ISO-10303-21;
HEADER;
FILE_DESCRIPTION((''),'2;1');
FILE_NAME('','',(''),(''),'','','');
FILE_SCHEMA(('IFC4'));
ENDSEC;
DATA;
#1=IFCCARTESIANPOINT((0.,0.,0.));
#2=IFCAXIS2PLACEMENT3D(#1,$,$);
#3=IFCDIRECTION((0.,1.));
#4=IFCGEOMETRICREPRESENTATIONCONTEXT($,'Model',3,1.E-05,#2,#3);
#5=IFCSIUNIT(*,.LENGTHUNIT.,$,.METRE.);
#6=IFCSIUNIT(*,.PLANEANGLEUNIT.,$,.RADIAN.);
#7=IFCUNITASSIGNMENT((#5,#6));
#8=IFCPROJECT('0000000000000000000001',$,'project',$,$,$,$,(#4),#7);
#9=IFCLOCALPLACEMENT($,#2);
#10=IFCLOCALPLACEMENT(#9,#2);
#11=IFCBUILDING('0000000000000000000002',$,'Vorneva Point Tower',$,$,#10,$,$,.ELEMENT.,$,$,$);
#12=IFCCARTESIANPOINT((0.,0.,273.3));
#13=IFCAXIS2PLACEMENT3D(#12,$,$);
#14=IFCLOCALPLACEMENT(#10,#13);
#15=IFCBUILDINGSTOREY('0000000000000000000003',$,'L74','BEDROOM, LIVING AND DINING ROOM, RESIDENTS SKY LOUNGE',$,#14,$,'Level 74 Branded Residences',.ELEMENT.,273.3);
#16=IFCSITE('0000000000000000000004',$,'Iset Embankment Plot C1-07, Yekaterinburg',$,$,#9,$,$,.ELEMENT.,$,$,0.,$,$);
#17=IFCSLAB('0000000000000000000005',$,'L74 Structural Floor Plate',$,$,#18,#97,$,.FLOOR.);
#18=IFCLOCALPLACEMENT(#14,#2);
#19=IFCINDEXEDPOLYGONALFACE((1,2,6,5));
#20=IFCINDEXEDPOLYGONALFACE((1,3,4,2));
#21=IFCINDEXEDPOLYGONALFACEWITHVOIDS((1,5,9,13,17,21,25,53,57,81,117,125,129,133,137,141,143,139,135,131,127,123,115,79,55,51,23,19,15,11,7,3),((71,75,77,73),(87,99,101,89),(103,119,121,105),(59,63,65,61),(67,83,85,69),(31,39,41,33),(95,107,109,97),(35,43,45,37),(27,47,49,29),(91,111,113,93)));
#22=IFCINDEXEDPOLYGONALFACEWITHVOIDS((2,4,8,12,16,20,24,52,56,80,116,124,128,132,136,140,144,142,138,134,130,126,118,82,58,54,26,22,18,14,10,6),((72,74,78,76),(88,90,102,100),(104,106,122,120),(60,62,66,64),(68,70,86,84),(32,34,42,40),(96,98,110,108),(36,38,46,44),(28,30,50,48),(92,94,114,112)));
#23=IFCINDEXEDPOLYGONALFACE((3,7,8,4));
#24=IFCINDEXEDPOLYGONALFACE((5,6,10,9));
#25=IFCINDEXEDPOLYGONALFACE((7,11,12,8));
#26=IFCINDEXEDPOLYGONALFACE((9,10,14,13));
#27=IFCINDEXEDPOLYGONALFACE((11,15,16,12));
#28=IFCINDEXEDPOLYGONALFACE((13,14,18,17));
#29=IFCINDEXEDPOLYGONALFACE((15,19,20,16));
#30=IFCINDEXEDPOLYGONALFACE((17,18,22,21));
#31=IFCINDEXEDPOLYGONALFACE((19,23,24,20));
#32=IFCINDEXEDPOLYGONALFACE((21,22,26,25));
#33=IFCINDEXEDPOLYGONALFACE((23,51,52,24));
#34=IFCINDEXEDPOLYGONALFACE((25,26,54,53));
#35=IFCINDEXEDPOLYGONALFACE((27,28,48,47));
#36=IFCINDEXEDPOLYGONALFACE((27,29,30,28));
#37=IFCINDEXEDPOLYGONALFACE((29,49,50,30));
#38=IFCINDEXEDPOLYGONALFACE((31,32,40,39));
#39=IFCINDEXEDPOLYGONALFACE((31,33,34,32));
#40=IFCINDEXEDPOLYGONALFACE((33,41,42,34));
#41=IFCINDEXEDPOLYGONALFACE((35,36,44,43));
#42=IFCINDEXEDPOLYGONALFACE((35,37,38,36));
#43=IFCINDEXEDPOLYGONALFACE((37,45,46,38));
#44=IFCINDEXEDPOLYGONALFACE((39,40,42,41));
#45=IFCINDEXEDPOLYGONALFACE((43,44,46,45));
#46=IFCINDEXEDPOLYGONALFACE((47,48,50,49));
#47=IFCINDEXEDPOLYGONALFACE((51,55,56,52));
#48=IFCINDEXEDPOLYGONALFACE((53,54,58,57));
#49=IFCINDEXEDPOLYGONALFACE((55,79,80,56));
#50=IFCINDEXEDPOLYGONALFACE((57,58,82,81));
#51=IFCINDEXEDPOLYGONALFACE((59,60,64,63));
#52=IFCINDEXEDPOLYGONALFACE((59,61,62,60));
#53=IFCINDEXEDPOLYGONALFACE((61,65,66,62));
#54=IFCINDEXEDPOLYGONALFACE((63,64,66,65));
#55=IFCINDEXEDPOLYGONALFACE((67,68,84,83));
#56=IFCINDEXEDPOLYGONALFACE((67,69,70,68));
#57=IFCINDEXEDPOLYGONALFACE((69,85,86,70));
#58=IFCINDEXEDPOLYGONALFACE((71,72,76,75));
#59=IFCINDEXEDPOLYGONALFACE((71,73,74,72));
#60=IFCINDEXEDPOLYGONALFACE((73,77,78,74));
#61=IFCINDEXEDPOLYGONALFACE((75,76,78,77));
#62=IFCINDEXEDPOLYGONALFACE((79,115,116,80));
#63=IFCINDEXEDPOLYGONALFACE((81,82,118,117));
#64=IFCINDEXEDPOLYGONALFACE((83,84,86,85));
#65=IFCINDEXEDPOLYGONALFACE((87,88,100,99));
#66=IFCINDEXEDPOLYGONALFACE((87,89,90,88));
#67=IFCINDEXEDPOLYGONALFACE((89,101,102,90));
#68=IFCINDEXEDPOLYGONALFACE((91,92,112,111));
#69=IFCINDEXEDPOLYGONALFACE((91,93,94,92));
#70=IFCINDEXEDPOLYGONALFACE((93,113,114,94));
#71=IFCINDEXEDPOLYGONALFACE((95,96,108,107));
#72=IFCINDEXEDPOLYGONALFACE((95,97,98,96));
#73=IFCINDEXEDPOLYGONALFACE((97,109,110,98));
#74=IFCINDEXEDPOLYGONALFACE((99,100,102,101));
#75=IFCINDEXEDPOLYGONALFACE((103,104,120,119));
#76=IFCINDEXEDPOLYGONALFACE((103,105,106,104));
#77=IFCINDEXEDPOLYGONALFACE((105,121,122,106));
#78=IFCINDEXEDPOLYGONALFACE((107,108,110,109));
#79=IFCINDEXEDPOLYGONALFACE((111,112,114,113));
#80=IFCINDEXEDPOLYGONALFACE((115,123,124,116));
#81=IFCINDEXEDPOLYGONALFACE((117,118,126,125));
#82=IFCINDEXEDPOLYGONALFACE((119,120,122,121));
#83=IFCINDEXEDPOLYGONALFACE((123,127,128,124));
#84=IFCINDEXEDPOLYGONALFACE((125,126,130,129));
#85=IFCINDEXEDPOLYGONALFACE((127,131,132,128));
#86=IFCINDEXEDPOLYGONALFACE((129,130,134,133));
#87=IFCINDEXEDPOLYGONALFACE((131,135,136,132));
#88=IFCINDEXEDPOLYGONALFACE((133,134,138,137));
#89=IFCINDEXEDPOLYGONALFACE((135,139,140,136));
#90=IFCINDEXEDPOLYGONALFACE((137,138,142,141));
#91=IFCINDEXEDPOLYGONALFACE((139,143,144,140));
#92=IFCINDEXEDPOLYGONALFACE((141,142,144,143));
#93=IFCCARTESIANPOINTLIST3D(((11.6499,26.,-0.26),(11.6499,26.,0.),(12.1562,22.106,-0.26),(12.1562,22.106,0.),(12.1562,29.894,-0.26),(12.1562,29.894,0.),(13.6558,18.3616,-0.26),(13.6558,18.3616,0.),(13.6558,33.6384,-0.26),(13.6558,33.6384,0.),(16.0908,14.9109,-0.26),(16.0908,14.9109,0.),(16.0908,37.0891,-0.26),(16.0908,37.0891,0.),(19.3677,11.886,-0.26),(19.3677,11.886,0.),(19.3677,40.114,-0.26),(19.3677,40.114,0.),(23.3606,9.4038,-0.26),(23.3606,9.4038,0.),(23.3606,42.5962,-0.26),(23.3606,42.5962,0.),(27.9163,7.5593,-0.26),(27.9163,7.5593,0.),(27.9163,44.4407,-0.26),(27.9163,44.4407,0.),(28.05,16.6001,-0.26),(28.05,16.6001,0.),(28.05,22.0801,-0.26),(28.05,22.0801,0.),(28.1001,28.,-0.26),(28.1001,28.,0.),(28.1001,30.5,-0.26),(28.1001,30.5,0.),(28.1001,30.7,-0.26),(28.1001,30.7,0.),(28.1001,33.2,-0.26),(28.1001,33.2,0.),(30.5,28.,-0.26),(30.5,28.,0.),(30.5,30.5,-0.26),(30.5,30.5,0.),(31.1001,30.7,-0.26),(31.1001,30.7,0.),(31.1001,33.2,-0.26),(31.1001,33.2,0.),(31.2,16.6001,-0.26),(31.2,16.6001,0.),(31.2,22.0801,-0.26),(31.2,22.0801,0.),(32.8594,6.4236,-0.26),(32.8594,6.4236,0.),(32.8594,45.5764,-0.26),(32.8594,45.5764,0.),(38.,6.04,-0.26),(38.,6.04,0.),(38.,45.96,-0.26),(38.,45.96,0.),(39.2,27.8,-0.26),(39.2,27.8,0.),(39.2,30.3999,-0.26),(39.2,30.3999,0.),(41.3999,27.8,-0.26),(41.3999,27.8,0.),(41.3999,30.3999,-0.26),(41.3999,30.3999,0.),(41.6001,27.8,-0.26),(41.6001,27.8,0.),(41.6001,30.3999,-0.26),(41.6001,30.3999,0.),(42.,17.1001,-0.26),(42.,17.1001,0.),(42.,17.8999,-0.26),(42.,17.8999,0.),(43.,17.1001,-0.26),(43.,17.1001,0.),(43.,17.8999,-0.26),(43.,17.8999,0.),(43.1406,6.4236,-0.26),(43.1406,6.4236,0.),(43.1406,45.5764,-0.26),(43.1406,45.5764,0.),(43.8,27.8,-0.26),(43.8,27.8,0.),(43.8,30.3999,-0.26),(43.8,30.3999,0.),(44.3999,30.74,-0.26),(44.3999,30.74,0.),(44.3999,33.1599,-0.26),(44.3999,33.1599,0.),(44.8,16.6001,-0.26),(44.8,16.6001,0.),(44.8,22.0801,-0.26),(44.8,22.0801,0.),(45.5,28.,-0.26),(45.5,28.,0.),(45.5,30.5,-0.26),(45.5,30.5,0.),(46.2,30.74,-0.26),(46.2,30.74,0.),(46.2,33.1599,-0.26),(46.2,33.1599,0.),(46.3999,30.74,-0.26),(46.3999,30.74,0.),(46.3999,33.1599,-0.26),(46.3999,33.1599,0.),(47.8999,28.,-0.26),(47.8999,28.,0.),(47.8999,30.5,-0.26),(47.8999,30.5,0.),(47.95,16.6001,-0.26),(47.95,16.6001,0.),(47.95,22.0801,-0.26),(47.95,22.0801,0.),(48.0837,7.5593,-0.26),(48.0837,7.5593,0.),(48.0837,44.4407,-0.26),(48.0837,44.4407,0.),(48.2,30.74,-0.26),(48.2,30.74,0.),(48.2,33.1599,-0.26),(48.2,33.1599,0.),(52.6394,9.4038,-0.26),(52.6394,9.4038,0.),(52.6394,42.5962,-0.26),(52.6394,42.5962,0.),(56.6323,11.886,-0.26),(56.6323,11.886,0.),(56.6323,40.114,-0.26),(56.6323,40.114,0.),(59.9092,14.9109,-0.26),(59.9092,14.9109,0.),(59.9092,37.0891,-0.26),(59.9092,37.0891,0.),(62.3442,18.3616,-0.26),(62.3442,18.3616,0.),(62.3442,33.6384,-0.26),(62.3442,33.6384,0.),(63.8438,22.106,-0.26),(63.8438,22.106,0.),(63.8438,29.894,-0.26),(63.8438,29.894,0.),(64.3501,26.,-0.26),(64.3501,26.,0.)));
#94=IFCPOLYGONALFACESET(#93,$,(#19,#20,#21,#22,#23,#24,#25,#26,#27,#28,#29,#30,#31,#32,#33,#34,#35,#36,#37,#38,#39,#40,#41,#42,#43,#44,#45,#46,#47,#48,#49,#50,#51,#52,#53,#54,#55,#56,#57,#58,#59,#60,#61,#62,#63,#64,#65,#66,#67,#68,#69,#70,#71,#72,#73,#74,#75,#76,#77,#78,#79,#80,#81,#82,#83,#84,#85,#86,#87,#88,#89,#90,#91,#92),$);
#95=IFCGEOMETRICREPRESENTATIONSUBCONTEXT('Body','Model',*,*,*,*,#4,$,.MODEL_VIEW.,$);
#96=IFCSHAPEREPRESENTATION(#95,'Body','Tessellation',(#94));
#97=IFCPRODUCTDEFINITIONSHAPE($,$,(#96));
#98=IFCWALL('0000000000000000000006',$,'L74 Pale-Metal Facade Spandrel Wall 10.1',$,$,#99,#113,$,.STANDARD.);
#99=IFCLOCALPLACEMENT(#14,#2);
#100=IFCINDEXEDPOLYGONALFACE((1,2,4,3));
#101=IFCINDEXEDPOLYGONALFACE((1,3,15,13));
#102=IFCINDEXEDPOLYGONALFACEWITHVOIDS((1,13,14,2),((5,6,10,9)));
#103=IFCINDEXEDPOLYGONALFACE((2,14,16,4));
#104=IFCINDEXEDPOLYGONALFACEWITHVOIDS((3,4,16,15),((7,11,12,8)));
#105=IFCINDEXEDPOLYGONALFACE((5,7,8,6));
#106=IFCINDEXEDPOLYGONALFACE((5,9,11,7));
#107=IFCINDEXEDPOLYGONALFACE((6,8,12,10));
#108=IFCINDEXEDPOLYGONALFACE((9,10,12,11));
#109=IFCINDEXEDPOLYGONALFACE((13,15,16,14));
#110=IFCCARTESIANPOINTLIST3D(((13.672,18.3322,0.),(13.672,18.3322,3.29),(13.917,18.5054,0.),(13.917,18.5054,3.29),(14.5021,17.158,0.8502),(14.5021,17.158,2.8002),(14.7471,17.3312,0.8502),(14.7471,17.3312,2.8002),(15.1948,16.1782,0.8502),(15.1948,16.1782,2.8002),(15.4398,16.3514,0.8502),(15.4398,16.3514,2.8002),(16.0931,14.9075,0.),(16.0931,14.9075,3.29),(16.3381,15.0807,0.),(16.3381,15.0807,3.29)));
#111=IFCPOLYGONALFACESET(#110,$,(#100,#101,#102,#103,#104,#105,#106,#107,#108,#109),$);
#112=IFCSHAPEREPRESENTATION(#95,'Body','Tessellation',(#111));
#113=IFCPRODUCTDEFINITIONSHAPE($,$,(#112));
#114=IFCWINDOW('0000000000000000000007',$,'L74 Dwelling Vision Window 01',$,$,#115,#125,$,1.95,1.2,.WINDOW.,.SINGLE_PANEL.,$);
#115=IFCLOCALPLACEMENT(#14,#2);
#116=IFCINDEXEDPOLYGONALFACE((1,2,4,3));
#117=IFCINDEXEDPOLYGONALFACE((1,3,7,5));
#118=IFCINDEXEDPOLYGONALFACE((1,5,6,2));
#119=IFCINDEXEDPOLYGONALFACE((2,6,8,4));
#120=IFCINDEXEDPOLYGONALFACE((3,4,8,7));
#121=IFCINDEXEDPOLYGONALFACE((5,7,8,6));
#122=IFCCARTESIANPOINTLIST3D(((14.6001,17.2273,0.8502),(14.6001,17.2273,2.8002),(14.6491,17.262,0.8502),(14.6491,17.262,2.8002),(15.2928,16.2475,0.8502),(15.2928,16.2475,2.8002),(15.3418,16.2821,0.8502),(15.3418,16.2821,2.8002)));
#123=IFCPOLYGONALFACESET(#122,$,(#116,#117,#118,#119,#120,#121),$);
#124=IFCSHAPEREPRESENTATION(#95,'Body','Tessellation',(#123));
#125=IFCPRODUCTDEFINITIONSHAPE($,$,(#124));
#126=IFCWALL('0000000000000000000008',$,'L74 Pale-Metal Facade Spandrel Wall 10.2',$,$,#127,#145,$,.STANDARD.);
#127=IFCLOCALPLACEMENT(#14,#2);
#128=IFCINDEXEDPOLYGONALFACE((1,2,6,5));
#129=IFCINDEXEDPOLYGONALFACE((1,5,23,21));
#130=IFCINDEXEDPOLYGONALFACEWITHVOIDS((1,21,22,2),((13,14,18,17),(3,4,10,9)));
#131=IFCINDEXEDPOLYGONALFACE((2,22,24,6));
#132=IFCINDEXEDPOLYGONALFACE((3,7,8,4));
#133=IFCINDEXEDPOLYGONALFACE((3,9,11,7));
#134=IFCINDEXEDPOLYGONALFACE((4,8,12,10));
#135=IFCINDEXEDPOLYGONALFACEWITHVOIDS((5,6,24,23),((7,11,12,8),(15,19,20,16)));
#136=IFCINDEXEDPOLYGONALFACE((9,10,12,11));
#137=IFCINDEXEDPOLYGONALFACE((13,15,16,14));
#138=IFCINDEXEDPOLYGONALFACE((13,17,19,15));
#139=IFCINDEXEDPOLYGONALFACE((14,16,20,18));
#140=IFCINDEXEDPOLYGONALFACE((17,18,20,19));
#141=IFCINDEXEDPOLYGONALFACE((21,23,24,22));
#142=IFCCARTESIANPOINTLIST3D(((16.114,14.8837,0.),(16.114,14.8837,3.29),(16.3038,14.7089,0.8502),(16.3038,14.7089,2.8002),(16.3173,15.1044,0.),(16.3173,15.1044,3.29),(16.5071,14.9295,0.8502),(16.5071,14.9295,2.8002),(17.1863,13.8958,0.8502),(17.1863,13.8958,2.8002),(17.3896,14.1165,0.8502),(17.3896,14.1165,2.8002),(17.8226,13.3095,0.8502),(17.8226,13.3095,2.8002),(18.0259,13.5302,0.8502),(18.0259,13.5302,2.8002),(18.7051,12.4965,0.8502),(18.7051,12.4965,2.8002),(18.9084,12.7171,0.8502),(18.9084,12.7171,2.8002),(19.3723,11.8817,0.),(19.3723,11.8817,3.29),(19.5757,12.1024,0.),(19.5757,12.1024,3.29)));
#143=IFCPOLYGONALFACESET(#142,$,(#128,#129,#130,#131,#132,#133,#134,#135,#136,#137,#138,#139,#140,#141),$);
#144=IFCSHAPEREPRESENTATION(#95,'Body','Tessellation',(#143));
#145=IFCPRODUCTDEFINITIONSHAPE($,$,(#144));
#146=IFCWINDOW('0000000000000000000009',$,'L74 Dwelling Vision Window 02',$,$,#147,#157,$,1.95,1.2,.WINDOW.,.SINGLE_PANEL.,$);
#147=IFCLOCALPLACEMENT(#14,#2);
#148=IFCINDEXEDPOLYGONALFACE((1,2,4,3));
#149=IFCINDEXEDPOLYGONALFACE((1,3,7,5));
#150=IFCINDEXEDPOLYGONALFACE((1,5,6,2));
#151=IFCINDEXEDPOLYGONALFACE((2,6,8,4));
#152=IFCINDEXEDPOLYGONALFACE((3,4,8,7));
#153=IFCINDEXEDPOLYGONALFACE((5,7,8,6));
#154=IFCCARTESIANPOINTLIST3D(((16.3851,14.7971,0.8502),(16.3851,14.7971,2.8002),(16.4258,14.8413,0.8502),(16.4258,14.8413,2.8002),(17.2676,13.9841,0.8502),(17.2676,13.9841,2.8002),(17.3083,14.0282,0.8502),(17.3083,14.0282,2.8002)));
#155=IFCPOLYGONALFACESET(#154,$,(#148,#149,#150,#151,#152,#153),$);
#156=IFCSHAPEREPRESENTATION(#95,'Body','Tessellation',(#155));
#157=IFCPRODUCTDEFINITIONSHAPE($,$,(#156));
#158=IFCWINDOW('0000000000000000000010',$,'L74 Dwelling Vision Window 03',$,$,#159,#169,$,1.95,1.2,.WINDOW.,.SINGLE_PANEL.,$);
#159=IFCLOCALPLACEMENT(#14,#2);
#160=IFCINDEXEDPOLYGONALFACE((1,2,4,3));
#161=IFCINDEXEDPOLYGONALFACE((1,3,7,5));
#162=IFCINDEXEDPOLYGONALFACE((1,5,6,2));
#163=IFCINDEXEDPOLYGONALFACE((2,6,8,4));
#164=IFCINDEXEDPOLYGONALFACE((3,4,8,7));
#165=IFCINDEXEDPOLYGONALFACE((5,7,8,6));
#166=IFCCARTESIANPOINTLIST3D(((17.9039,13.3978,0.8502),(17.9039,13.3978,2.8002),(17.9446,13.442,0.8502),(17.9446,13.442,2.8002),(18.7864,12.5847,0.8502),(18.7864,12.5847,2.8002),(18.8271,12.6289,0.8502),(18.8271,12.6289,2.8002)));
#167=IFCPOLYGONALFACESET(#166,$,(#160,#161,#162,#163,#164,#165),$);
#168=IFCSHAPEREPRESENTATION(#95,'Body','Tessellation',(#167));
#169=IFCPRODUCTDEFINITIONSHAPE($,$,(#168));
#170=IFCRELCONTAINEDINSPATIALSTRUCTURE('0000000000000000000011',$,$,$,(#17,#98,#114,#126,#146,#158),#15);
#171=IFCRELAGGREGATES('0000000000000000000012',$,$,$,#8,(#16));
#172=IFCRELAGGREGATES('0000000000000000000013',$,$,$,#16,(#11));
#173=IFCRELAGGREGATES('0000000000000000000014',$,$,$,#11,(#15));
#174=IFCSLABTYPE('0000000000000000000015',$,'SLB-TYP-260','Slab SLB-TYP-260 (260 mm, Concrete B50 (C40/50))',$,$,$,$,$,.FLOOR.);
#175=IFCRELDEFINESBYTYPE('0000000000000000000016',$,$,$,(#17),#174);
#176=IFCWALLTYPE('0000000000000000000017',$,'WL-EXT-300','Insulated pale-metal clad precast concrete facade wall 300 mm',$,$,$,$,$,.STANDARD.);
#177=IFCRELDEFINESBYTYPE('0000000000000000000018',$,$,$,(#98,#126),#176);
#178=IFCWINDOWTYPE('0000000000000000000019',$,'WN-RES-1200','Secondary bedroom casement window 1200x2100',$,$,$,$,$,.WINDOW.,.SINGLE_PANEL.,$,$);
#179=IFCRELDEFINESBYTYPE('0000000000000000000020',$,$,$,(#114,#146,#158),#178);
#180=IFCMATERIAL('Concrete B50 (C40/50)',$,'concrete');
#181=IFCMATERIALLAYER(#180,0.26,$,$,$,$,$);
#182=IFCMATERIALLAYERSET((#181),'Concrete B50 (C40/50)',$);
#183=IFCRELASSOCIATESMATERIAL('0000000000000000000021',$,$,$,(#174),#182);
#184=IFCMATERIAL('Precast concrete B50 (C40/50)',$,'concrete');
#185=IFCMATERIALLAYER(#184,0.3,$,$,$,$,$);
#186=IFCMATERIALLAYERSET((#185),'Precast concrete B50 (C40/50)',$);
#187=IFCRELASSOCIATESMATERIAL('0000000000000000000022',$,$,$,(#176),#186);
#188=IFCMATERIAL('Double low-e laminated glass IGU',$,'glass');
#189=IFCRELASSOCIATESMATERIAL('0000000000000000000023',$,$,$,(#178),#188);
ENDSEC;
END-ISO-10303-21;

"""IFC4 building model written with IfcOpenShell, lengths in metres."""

from ifc_helpers import new_model, si_unit, direction, frame, frame_2d, origin, place, context, subcontext, project, spatial, polyline, rectangle, outline, extrude, material, layer, layer_set, type_object, element, fill, save


model = new_model("IFC4")

# Units and contexts
model_context = context("Model", 3, precision=1e-05, world=origin(), true_north=direction((0.0, 1.0)))
body_context = subcontext(model_context, "Body", "Model", "MODEL_VIEW")
ifc_project = project(units=[si_unit("LENGTHUNIT", "METRE"), si_unit("PLANEANGLEUNIT", "RADIAN")], contexts=[model_context])

# Site, building, storey
site_placement = place(None, origin())
site = spatial("IfcSite", under=ifc_project, at=site_placement, Name="Iset Embankment Plot C1-07, Yekaterinburg", CompositionType="ELEMENT", RefElevation=0.0)
building_placement = place(site_placement, origin())
building = spatial("IfcBuilding", under=site, at=building_placement, Name="Vorneva Point Tower", CompositionType="ELEMENT")
storey_placement = place(building_placement, frame((0.0, 0.0, 273.3)))
storey = spatial("IfcBuildingStorey", under=building, at=storey_placement, Name="L74", Description="BEDROOM, LIVING AND DINING ROOM, RESIDENTS SKY LOUNGE", LongName="Level 74 Branded Residences", CompositionType="ELEMENT", Elevation=273.3)

# Shared definitions
ifc_material_1 = material(Name="Concrete B50 (C40/50)", Category="concrete")

# Shared definitions
ifc_material_2 = material(Name="Double low-e laminated glass IGU", Category="glass")

# Slab
ifc_layer_1 = layer(ifc_material_1, 0.26)
ifc_layer_set_1 = layer_set([ifc_layer_1], Name="Concrete B50 (C40/50)")
slab_type_1 = type_object("IfcSlabType", Name="SLB-TYP-260", Description="Slab SLB-TYP-260 (260 mm, Concrete B50 (C40/50))", PredefinedType="FLOOR", material=ifc_layer_set_1)
slab_1_placement = place(storey_placement, frame((0.0, 0.0, -0.26)))
element("IfcSlab", 1, at=slab_1_placement, inside=storey, type_object=slab_type_1, Name="L74 Structural Floor Plate", PredefinedType="FLOOR", context=body_context, shape_type="SweptSolid", body=[
    extrude(outline(polyline([(64.3501, 26.0), (63.8438, 29.894), (62.3442, 33.6384), (59.9092, 37.0891), (56.6323, 40.114), (52.6394, 42.5962), (48.0837, 44.4407), (43.1406, 45.5764), (38.0, 45.96), (32.8594, 45.5764), (27.9163, 44.4407), (23.3606, 42.5962), (19.3677, 40.114), (16.0908, 37.0891), (13.6558, 33.6384), (12.1562, 29.894), (11.6499, 26.0), (12.1562, 22.106), (13.6558, 18.3616), (16.0908, 14.9109), (19.3677, 11.886), (23.3606, 9.4038), (27.9163, 7.5593), (32.8594, 6.4236), (38.0, 6.04), (43.1406, 6.4236), (48.0837, 7.5593), (52.6394, 9.4038), (56.6323, 11.886), (59.9092, 14.9109), (62.3442, 18.3616), (63.8438, 22.106), (64.3501, 26.0)]), holes=[polyline([(39.2, 27.8), (41.3999, 27.8), (41.3999, 30.3999), (39.2, 30.3999), (39.2, 27.8)]), polyline([(41.6001, 27.8), (43.8, 27.8), (43.8, 30.3999), (41.6001, 30.3999), (41.6001, 27.8)]), polyline([(44.3999, 30.74), (46.2, 30.74), (46.2, 33.1599), (44.3999, 33.1599), (44.3999, 30.74)]), polyline([(46.3999, 30.74), (48.2, 30.74), (48.2, 33.1599), (46.3999, 33.1599), (46.3999, 30.74)]), polyline([(28.1001, 28.0), (30.5, 28.0), (30.5, 30.5), (28.1001, 30.5), (28.1001, 28.0)]), polyline([(45.5, 28.0), (47.8999, 28.0), (47.8999, 30.5), (45.5, 30.5), (45.5, 28.0)]), polyline([(28.1001, 30.7), (31.1001, 30.7), (31.1001, 33.2), (28.1001, 33.2), (28.1001, 30.7)]), polyline([(28.05, 16.6001), (31.2, 16.6001), (31.2, 22.0801), (28.05, 22.0801), (28.05, 16.6001)]), polyline([(44.8, 16.6001), (47.95, 16.6001), (47.95, 22.0801), (44.8, 22.0801), (44.8, 16.6001)]), polyline([(42.0, 17.1001), (43.0, 17.1001), (43.0, 17.8999), (42.0, 17.8999), (42.0, 17.1001)])]), origin(), (0.0, 0.0, 1.0), 0.26),
])

# Wall, opening, window
ifc_material_3 = material(Name="Precast concrete B50 (C40/50)", Category="concrete")
ifc_layer_2 = layer(ifc_material_3, 0.3)
ifc_layer_set_2 = layer_set([ifc_layer_2], Name="Precast concrete B50 (C40/50)")
wall_type_1 = type_object("IfcWallType", Name="WL-EXT-300", Description="Insulated pale-metal clad precast concrete facade wall 300 mm", PredefinedType="STANDARD", material=ifc_layer_set_2)
wall_1_placement = place(storey_placement, frame((13.7944, 18.4189, 0.0), z_axis=(0.0, 0.0, 1.0), x_axis=(0.577261, -0.81656, 0.0)))
wall_1 = element("IfcWall", 2, at=wall_1_placement, inside=storey, type_object=wall_type_1, Name="L74 Pale-Metal Facade Spandrel Wall 10.1", PredefinedType="STANDARD", context=body_context, shape_type="SweptSolid", body=[
    extrude(rectangle(XDim=4.1941, YDim=0.3, at=frame_2d((2.0972, 0.0))), origin(), (0.0, 0.0, 1.0), 3.29),
])
opening_1_placement = place(wall_1_placement, frame((1.438, 0.0, 0.8501)))
opening_1 = element("IfcOpeningElement", 3, at=opening_1_placement, cuts=wall_1, PredefinedType="OPENING", context=body_context, shape_type="SweptSolid", body=[
    extrude(rectangle(XDim=1.2, YDim=1.95, at=frame_2d((0.6001, 0.9751))), frame((0.0, 0.165, 0.0), z_axis=(0.0, -1.0, 0.0), x_axis=(1.0, 0.0, 0.0)), (0.0, 0.0, 1.0), 0.3298),
])
window_type = type_object("IfcWindowType", Name="WN-RES-1200", Description="Secondary bedroom casement window 1200x2100", PartitioningType="SINGLE_PANEL", PredefinedType="WINDOW", material=ifc_material_2)
window_1_placement = place(opening_1_placement, origin())
window_1 = element("IfcWindow", 4, at=window_1_placement, inside=storey, type_object=window_type, Name="L74 Dwelling Vision Window 01", OverallHeight=1.95, OverallWidth=1.2, PartitioningType="SINGLE_PANEL", PredefinedType="WINDOW", context=body_context, shape_type="SweptSolid", body=[
    extrude(rectangle(XDim=1.2, YDim=1.95, at=frame_2d((0.6001, 0.9751))), frame((0.0, 0.03, 0.0), z_axis=(0.0, -1.0, 0.0), x_axis=(1.0, 0.0, 0.0)), (0.0, 0.0, 1.0), 0.0601),
])
fill(opening_1, window_1)

# Wall, openings, windows
wall_2_placement = place(storey_placement, frame((16.2156, 14.9941, 0.0), z_axis=(0.0, 0.0, 1.0), x_axis=(0.735445, -0.677584, 0.0)))
wall_2 = element("IfcWall", 5, at=wall_2_placement, inside=storey, type_object=wall_type_1, Name="L74 Pale-Metal Facade Spandrel Wall 10.2", PredefinedType="STANDARD", context=body_context, shape_type="SweptSolid", body=[
    extrude(rectangle(XDim=4.4304, YDim=0.3, at=frame_2d((2.2153, 0.0))), origin(), (0.0, 0.0, 1.0), 3.29),
])
opening_2_placement = place(wall_2_placement, frame((0.2581, 0.0, 0.8501)))
opening_2 = element("IfcOpeningElement", 6, at=opening_2_placement, cuts=wall_2, PredefinedType="OPENING", context=body_context, shape_type="SweptSolid", body=[
    extrude(rectangle(XDim=1.2, YDim=1.95, at=frame_2d((0.6001, 0.9751))), frame((0.0, 0.165, 0.0), z_axis=(0.0, -1.0, 0.0), x_axis=(1.0, 0.0, 0.0)), (0.0, 0.0, 1.0), 0.3298),
])
opening_3_placement = place(wall_2_placement, frame((2.3232, 0.0, 0.8501)))
opening_3 = element("IfcOpeningElement", 7, at=opening_3_placement, cuts=wall_2, PredefinedType="OPENING", context=body_context, shape_type="SweptSolid", body=[
    extrude(rectangle(XDim=1.2, YDim=1.95, at=frame_2d((0.6001, 0.9751))), frame((0.0, 0.165, 0.0), z_axis=(0.0, -1.0, 0.0), x_axis=(1.0, 0.0, 0.0)), (0.0, 0.0, 1.0), 0.3298),
])
window_2_placement = place(opening_2_placement, origin())
window_2 = element("IfcWindow", 8, at=window_2_placement, inside=storey, type_object=window_type, Name="L74 Dwelling Vision Window 02", OverallHeight=1.95, OverallWidth=1.2, PartitioningType="SINGLE_PANEL", PredefinedType="WINDOW", context=body_context, shape_type="SweptSolid", body=[
    extrude(rectangle(XDim=1.2, YDim=1.95, at=frame_2d((0.6001, 0.9751))), frame((0.0, 0.03, 0.0), z_axis=(0.0, -1.0, 0.0), x_axis=(1.0, 0.0, 0.0)), (0.0, 0.0, 1.0), 0.0601),
])
fill(opening_2, window_2)
window_3_placement = place(opening_3_placement, origin())
window_3 = element("IfcWindow", 9, at=window_3_placement, inside=storey, type_object=window_type, Name="L74 Dwelling Vision Window 03", OverallHeight=1.95, OverallWidth=1.2, PartitioningType="SINGLE_PANEL", PredefinedType="WINDOW", context=body_context, shape_type="SweptSolid", body=[
    extrude(rectangle(XDim=1.2, YDim=1.95, at=frame_2d((0.6001, 0.9751))), frame((0.0, 0.03, 0.0), z_axis=(0.0, -1.0, 0.0), x_axis=(1.0, 0.0, 0.0)), (0.0, 0.0, 1.0), 0.0601),
])
fill(opening_3, window_3)

save(model, "model.ifc")
